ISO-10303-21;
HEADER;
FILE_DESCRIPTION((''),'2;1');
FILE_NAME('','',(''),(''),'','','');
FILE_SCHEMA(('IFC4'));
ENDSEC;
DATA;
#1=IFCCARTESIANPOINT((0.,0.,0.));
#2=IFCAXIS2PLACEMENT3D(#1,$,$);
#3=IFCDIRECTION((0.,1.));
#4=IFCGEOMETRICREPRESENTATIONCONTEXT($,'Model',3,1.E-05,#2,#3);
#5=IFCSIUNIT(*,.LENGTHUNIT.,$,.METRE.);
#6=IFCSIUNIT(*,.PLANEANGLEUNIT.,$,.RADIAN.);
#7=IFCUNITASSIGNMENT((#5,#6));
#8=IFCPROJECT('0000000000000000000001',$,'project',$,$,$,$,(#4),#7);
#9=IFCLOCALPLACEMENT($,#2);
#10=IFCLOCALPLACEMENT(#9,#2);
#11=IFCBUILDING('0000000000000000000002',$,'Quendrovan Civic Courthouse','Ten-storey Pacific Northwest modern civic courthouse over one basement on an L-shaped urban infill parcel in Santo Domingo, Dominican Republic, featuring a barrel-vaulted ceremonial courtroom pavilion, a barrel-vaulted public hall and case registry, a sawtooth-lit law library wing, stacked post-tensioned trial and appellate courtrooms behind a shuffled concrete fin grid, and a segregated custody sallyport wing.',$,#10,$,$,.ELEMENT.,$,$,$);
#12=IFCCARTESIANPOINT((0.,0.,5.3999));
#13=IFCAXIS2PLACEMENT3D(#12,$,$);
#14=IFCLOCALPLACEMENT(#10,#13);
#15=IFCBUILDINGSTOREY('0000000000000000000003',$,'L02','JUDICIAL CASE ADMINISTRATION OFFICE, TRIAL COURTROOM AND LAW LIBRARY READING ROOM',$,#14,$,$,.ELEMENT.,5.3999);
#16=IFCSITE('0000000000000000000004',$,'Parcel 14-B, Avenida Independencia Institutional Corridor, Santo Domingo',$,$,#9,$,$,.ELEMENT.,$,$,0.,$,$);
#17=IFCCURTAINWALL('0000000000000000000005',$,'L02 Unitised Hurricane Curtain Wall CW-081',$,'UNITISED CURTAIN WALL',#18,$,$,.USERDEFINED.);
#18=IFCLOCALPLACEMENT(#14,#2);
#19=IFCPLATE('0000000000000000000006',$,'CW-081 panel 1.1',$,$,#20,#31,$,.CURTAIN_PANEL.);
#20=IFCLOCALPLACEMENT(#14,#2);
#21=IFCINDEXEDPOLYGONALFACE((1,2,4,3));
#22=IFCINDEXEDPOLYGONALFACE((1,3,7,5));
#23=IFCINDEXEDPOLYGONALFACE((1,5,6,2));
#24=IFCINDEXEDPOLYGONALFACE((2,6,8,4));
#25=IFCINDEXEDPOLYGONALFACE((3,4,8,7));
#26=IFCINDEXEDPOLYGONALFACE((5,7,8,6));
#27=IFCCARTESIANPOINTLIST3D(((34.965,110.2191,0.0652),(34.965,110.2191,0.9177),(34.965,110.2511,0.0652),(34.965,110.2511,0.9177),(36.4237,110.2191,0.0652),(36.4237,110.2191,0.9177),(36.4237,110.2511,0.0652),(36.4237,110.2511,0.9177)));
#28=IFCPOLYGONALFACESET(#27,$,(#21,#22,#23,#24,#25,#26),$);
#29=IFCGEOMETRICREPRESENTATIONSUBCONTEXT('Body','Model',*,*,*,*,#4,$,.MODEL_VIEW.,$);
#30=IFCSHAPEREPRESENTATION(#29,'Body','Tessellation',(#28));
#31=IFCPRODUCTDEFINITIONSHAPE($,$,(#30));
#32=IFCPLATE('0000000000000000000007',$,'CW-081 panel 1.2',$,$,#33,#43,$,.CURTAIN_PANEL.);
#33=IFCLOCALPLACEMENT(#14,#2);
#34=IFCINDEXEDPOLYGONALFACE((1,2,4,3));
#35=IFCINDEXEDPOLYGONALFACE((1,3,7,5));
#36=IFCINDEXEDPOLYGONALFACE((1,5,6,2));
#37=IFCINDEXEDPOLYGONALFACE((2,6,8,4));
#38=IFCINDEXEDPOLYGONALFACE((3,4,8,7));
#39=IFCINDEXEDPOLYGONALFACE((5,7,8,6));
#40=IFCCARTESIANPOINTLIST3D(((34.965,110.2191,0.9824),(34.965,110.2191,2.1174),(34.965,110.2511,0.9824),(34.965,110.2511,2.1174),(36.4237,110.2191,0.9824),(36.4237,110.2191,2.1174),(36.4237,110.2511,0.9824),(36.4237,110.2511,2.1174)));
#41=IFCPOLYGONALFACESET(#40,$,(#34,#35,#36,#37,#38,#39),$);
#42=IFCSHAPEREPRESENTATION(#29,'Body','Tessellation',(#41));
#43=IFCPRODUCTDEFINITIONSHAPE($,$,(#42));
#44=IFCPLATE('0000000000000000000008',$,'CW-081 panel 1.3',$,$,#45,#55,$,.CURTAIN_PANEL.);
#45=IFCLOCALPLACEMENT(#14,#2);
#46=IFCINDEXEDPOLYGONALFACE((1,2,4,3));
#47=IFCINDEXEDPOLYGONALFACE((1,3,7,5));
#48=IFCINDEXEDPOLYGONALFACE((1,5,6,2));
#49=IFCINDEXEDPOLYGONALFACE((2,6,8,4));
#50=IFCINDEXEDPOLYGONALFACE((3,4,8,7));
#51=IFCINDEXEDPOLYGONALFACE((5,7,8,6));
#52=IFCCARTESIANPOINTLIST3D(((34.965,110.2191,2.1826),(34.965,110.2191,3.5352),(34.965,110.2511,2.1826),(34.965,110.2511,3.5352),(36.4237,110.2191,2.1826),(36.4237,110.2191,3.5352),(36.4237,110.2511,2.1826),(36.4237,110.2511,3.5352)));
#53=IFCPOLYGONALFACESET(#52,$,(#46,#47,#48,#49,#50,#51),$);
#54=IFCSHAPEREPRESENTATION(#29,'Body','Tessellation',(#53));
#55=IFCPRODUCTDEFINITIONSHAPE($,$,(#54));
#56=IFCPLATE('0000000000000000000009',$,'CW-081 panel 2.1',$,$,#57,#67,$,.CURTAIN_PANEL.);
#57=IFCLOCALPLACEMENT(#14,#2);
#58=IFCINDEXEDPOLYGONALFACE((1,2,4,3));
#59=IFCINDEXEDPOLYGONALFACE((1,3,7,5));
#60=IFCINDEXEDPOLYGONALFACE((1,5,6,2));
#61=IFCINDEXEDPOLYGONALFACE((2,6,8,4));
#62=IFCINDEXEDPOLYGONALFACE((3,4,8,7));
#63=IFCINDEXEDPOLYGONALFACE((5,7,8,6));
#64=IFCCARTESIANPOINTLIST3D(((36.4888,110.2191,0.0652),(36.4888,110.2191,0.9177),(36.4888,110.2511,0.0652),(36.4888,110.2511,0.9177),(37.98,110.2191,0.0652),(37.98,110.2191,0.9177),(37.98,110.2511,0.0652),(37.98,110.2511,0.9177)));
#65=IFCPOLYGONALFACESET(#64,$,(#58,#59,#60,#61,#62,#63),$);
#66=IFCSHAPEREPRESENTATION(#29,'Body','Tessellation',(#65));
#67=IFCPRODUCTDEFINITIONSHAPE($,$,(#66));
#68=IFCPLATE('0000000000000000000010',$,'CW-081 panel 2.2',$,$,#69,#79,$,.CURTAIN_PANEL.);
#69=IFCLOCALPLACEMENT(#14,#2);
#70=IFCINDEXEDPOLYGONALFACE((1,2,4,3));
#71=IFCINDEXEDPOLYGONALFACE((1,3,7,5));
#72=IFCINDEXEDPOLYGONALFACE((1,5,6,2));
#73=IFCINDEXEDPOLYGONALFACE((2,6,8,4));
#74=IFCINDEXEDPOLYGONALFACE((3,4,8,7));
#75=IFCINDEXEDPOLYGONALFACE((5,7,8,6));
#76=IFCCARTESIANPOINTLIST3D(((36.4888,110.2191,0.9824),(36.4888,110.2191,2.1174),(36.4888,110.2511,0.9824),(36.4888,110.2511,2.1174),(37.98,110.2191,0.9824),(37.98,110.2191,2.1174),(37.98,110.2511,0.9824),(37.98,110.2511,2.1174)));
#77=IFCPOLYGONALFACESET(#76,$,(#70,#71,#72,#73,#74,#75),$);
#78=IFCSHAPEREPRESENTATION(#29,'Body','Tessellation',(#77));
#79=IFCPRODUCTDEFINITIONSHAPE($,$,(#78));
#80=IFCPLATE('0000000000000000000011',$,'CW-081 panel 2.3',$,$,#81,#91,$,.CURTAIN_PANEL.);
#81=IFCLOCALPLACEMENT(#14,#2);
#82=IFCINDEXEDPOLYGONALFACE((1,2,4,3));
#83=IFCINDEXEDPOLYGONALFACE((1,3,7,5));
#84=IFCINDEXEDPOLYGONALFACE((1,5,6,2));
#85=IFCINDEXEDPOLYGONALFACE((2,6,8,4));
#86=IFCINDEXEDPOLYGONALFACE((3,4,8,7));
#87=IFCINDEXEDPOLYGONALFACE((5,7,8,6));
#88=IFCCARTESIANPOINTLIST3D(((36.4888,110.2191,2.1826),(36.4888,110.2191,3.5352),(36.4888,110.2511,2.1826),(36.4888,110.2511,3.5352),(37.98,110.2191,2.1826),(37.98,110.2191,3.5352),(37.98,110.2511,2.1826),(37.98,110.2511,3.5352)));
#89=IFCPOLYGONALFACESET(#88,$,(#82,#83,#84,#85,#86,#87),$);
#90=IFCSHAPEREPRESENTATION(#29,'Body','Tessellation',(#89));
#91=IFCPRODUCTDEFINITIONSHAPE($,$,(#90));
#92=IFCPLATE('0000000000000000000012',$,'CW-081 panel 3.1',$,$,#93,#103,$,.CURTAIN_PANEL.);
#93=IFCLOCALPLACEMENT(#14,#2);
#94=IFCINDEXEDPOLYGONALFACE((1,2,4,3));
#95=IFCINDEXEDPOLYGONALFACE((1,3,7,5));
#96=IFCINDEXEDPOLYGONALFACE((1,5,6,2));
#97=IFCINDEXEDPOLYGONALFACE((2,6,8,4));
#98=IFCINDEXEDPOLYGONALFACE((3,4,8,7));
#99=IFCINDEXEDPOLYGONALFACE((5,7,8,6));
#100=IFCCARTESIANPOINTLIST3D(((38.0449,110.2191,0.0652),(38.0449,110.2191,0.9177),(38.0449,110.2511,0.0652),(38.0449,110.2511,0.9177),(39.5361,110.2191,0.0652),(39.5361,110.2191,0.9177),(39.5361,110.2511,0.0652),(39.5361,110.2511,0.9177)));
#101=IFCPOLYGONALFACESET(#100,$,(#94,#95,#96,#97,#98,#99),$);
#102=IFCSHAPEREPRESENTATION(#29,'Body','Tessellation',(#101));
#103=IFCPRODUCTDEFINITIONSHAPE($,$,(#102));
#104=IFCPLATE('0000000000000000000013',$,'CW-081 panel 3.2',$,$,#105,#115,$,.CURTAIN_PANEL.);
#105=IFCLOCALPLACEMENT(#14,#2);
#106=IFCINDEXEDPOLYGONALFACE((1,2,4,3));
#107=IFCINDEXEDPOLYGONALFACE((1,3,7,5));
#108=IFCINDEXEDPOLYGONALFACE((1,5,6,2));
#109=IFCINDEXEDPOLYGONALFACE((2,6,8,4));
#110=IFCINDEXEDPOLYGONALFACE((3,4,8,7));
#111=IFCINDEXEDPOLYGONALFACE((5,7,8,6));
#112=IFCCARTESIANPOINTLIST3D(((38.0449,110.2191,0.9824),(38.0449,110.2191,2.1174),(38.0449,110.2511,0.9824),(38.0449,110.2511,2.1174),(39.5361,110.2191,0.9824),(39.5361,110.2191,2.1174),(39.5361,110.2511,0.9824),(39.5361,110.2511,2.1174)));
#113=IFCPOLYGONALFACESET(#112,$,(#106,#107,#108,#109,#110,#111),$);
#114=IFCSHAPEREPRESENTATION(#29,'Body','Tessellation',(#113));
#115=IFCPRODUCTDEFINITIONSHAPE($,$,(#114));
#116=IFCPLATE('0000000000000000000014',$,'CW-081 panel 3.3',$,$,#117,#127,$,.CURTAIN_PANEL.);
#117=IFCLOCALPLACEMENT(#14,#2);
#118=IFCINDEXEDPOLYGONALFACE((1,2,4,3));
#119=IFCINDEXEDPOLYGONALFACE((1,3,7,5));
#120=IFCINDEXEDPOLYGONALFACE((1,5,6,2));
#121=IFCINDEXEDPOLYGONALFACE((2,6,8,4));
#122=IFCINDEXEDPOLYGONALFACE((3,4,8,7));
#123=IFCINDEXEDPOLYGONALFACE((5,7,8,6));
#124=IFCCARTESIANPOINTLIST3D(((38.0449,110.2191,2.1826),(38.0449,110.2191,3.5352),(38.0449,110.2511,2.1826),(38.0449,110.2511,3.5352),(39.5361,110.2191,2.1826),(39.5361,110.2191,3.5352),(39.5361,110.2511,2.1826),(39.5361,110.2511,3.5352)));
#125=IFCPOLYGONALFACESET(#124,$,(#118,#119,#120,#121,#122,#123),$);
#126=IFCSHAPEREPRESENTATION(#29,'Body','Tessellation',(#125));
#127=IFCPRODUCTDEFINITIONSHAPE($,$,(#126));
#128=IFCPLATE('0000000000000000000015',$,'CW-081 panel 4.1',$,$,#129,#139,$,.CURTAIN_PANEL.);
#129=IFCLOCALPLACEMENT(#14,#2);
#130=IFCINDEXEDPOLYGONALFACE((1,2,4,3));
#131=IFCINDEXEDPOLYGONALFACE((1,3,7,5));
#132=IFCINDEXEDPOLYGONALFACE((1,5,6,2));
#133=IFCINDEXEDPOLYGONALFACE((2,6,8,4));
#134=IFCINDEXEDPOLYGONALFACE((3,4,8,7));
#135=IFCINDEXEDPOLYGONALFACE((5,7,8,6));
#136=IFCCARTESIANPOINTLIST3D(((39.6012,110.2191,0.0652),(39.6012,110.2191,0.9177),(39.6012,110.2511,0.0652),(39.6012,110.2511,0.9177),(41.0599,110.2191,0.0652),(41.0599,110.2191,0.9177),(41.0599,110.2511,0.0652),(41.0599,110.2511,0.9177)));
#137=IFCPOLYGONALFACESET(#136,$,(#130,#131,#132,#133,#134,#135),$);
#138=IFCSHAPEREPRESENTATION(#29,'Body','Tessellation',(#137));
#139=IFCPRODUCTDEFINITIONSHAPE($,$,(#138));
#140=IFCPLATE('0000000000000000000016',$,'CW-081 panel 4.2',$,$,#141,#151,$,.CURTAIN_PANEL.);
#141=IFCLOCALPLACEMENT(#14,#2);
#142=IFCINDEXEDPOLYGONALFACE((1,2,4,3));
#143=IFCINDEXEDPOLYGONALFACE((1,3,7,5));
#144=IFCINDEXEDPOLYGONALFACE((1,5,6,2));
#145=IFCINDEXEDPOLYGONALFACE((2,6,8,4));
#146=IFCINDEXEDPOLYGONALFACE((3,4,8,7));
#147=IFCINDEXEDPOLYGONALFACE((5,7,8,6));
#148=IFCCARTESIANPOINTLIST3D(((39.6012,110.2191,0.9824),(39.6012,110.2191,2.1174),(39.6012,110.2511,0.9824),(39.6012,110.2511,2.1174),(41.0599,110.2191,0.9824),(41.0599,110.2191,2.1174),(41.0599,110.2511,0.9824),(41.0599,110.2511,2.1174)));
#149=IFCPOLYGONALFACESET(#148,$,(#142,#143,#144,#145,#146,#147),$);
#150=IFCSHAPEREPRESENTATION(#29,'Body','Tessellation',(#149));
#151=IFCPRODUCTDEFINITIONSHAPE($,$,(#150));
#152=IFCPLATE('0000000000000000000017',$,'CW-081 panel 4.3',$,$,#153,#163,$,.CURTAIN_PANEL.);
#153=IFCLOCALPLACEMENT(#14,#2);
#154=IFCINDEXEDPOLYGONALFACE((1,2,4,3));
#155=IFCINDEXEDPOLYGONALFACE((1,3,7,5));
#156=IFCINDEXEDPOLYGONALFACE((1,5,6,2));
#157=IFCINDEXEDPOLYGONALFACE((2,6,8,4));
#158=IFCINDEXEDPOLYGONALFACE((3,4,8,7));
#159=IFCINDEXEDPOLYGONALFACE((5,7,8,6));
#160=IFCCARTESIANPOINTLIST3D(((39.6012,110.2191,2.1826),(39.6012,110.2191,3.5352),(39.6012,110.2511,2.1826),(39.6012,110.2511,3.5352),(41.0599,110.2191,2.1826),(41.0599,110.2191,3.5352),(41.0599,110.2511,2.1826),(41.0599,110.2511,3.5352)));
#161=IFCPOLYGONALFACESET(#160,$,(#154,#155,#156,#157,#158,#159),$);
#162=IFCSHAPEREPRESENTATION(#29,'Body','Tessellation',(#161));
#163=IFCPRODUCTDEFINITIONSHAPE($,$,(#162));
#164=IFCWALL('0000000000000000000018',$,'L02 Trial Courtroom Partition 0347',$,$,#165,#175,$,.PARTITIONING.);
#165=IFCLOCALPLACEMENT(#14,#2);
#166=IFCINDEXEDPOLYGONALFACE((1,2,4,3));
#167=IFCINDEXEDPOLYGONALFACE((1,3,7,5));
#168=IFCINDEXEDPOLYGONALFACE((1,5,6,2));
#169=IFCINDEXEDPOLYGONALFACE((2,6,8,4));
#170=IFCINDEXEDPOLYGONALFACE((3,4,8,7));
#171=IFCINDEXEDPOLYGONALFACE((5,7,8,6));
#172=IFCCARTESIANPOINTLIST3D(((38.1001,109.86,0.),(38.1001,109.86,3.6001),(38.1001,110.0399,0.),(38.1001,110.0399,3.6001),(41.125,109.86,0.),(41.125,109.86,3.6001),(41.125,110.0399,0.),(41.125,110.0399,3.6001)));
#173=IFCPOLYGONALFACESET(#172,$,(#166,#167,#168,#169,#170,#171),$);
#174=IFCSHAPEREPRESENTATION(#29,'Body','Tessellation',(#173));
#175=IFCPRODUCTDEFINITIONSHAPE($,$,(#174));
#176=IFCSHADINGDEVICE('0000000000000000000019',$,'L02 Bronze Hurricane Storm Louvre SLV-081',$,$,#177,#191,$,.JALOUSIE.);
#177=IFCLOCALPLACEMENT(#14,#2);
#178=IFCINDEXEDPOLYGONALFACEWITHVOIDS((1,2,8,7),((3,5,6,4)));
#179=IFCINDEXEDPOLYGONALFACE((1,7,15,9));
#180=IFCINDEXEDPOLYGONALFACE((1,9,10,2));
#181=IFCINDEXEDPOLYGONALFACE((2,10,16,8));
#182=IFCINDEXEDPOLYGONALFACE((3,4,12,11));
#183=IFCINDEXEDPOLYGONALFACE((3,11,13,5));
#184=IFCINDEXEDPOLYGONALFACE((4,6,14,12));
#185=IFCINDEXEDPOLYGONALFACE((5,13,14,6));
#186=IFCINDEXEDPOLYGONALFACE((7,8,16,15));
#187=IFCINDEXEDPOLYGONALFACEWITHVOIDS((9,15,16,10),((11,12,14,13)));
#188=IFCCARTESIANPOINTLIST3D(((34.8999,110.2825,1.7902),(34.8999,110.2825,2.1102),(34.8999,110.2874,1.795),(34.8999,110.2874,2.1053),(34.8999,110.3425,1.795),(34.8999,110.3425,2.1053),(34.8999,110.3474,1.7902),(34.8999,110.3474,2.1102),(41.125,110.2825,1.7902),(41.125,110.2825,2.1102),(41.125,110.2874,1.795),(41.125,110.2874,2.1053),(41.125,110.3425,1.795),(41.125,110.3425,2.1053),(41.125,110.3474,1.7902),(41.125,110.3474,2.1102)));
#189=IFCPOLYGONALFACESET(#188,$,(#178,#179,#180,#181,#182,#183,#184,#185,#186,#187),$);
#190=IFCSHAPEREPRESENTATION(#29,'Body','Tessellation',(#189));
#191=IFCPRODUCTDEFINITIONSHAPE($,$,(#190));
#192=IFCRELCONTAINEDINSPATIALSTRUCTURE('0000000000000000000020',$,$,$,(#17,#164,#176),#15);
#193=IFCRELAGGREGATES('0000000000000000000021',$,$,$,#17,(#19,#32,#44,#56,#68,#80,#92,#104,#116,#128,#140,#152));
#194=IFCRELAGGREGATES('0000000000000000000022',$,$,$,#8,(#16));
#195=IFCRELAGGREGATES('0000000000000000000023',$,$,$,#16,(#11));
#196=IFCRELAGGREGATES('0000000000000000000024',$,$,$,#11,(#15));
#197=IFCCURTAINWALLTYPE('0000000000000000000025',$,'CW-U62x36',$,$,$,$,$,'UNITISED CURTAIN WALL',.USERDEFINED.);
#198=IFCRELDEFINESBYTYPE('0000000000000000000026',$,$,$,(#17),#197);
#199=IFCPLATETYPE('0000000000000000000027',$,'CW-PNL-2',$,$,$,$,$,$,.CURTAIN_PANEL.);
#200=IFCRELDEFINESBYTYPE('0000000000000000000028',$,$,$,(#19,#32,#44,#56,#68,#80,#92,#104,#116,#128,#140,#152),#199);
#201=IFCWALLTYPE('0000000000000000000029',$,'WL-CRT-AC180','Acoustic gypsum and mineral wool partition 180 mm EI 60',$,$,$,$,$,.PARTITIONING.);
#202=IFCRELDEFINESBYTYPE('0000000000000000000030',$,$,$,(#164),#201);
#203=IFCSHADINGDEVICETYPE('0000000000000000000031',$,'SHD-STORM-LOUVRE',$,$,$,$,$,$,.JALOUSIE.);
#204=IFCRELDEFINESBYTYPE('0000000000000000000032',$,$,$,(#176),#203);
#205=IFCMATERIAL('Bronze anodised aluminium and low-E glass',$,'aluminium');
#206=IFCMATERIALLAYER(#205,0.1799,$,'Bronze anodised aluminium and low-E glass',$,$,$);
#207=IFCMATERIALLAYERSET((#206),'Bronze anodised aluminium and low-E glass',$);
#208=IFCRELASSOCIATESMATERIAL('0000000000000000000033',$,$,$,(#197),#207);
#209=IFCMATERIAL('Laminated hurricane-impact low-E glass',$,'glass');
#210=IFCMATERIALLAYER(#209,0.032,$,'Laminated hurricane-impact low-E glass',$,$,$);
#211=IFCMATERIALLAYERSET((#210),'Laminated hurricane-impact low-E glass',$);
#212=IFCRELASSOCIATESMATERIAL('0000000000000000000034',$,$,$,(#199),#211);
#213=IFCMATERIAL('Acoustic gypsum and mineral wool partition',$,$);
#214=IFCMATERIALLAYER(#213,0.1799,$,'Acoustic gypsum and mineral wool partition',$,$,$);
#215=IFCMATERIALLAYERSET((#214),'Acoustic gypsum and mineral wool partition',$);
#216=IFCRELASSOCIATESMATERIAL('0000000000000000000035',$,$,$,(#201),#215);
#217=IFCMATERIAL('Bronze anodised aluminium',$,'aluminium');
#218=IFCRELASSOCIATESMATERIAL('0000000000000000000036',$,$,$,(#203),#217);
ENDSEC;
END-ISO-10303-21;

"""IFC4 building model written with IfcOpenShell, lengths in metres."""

from ifc_helpers import new_model, si_unit, direction, frame, frame_2d, origin, origin_2d, place, context, subcontext, project, spatial, rectangle, hollow_rectangle, extrude, material, layer, layer_set, material_profile, profile_set, type_object, element, aggregate, save


model = new_model("IFC4")

# Units and contexts
model_context = context("Model", 3, precision=1e-05, world=origin(), true_north=direction((0.0, 1.0)))
body_context = subcontext(model_context, "Body", "Model", "MODEL_VIEW")
ifc_project = project(units=[si_unit("LENGTHUNIT", "METRE"), si_unit("PLANEANGLEUNIT", "RADIAN")], contexts=[model_context])

# Site, building, storey
site_placement = place(None, origin())
site = spatial("IfcSite", under=ifc_project, at=site_placement, Name="Parcel 14-B, Avenida Independencia Institutional Corridor, Santo Domingo", CompositionType="ELEMENT", RefElevation=0.0)
building_placement = place(site_placement, origin())
building = spatial("IfcBuilding", under=site, at=building_placement, Name="Quendrovan Civic Courthouse", Description="Ten-storey Pacific Northwest modern civic courthouse over one basement on an L-shaped urban infill parcel in Santo Domingo, Dominican Republic, featuring a barrel-vaulted ceremonial courtroom pavilion, a barrel-vaulted public hall and case registry, a sawtooth-lit law library wing, stacked post-tensioned trial and appellate courtrooms behind a shuffled concrete fin grid, and a segregated custody sallyport wing.", CompositionType="ELEMENT")
storey_placement = place(building_placement, frame((0.0, 0.0, 5.3999)))
storey = spatial("IfcBuildingStorey", under=building, at=storey_placement, Name="L02", Description="JUDICIAL CASE ADMINISTRATION OFFICE, TRIAL COURTROOM AND LAW LIBRARY READING ROOM", CompositionType="ELEMENT", Elevation=5.3999)

# Curtain wall, plates
ifc_material_1 = material(Name="Bronze anodised aluminium and low-E glass", Category="aluminium")
ifc_layer_1 = layer(ifc_material_1, 0.1799, Name="Bronze anodised aluminium and low-E glass")
ifc_layer_set_1 = layer_set([ifc_layer_1], Name="Bronze anodised aluminium and low-E glass")
curtain_wall_type = type_object("IfcCurtainWallType", Name="CW-U62x36", ElementType="UNITISED CURTAIN WALL", PredefinedType="USERDEFINED", material=ifc_layer_set_1)
curtain_wall_placement = place(storey_placement, origin())
curtain_wall = element("IfcCurtainWall", 1, at=curtain_wall_placement, inside=storey, type_object=curtain_wall_type, Name="L02 Unitised Hurricane Curtain Wall CW-081", ObjectType="UNITISED CURTAIN WALL", PredefinedType="USERDEFINED")
ifc_material_2 = material(Name="Bronze anodised aluminium", Category="aluminium")
ifc_material_3 = material(Name="Laminated hurricane-impact low-E glass", Category="glass")
ifc_layer_2 = layer(ifc_material_3, 0.032, Name="Laminated hurricane-impact low-E glass")
ifc_layer_set_2 = layer_set([ifc_layer_2], Name="Laminated hurricane-impact low-E glass")
plate_type = type_object("IfcPlateType", Name="CW-PNL-2", PredefinedType="CURTAIN_PANEL", material=ifc_layer_set_2)
plate_1_placement = place(storey_placement, frame((35.6943, 110.2351, 0.0652), z_axis=(0.0, 0.0, 1.0), x_axis=(1.0, 0.0, 0.0)))
plate_1 = element("IfcPlate", 2, at=plate_1_placement, type_object=plate_type, Name="CW-081 panel 1.1", PredefinedType="CURTAIN_PANEL", context=body_context, shape_type="SweptSolid", body=[
    extrude(rectangle(XDim=1.4587, YDim=0.032, at=origin_2d()), origin(), (0.0, 0.0, 1.0), 0.8525),
])
plate_2_placement = place(storey_placement, frame((35.6943, 110.2351, 0.9824), z_axis=(0.0, 0.0, 1.0), x_axis=(1.0, 0.0, 0.0)))
plate_2 = element("IfcPlate", 3, at=plate_2_placement, type_object=plate_type, Name="CW-081 panel 1.2", PredefinedType="CURTAIN_PANEL", context=body_context, shape_type="SweptSolid", body=[
    extrude(rectangle(XDim=1.4587, YDim=0.032, at=origin_2d()), origin(), (0.0, 0.0, 1.0), 1.135),
])
plate_3_placement = place(storey_placement, frame((35.6943, 110.2351, 2.1826), z_axis=(0.0, 0.0, 1.0), x_axis=(1.0, 0.0, 0.0)))
plate_3 = element("IfcPlate", 4, at=plate_3_placement, type_object=plate_type, Name="CW-081 panel 1.3", PredefinedType="CURTAIN_PANEL", context=body_context, shape_type="SweptSolid", body=[
    extrude(rectangle(XDim=1.4587, YDim=0.032, at=origin_2d()), origin(), (0.0, 0.0, 1.0), 1.3525),
])
plate_4_placement = place(storey_placement, frame((37.2344, 110.2351, 0.0652), z_axis=(0.0, 0.0, 1.0), x_axis=(1.0, 0.0, 0.0)))
plate_4 = element("IfcPlate", 5, at=plate_4_placement, type_object=plate_type, Name="CW-081 panel 2.1", PredefinedType="CURTAIN_PANEL", context=body_context, shape_type="SweptSolid", body=[
    extrude(rectangle(XDim=1.4912, YDim=0.032, at=origin_2d()), origin(), (0.0, 0.0, 1.0), 0.8525),
])
plate_5_placement = place(storey_placement, frame((37.2344, 110.2351, 0.9824), z_axis=(0.0, 0.0, 1.0), x_axis=(1.0, 0.0, 0.0)))
plate_5 = element("IfcPlate", 6, at=plate_5_placement, type_object=plate_type, Name="CW-081 panel 2.2", PredefinedType="CURTAIN_PANEL", context=body_context, shape_type="SweptSolid", body=[
    extrude(rectangle(XDim=1.4912, YDim=0.032, at=origin_2d()), origin(), (0.0, 0.0, 1.0), 1.135),
])
plate_6_placement = place(storey_placement, frame((37.2344, 110.2351, 2.1826), z_axis=(0.0, 0.0, 1.0), x_axis=(1.0, 0.0, 0.0)))
plate_6 = element("IfcPlate", 7, at=plate_6_placement, type_object=plate_type, Name="CW-081 panel 2.3", PredefinedType="CURTAIN_PANEL", context=body_context, shape_type="SweptSolid", body=[
    extrude(rectangle(XDim=1.4912, YDim=0.032, at=origin_2d()), origin(), (0.0, 0.0, 1.0), 1.3525),
])
plate_7_placement = place(storey_placement, frame((38.7905, 110.2351, 0.0652), z_axis=(0.0, 0.0, 1.0), x_axis=(1.0, 0.0, 0.0)))
plate_7 = element("IfcPlate", 8, at=plate_7_placement, type_object=plate_type, Name="CW-081 panel 3.1", PredefinedType="CURTAIN_PANEL", context=body_context, shape_type="SweptSolid", body=[
    extrude(rectangle(XDim=1.4912, YDim=0.032, at=origin_2d()), origin(), (0.0, 0.0, 1.0), 0.8525),
])
plate_8_placement = place(storey_placement, frame((38.7905, 110.2351, 0.9824), z_axis=(0.0, 0.0, 1.0), x_axis=(1.0, 0.0, 0.0)))
plate_8 = element("IfcPlate", 9, at=plate_8_placement, type_object=plate_type, Name="CW-081 panel 3.2", PredefinedType="CURTAIN_PANEL", context=body_context, shape_type="SweptSolid", body=[
    extrude(rectangle(XDim=1.4912, YDim=0.032, at=origin_2d()), origin(), (0.0, 0.0, 1.0), 1.135),
])
plate_9_placement = place(storey_placement, frame((38.7905, 110.2351, 2.1826), z_axis=(0.0, 0.0, 1.0), x_axis=(1.0, 0.0, 0.0)))
plate_9 = element("IfcPlate", 10, at=plate_9_placement, type_object=plate_type, Name="CW-081 panel 3.3", PredefinedType="CURTAIN_PANEL", context=body_context, shape_type="SweptSolid", body=[
    extrude(rectangle(XDim=1.4912, YDim=0.032, at=origin_2d()), origin(), (0.0, 0.0, 1.0), 1.3525),
])
plate_10_placement = place(storey_placement, frame((40.3306, 110.2351, 0.0652), z_axis=(0.0, 0.0, 1.0), x_axis=(1.0, 0.0, 0.0)))
plate_10 = element("IfcPlate", 11, at=plate_10_placement, type_object=plate_type, Name="CW-081 panel 4.1", PredefinedType="CURTAIN_PANEL", context=body_context, shape_type="SweptSolid", body=[
    extrude(rectangle(XDim=1.4587, YDim=0.032, at=origin_2d()), origin(), (0.0, 0.0, 1.0), 0.8525),
])
plate_11_placement = place(storey_placement, frame((40.3306, 110.2351, 0.9824), z_axis=(0.0, 0.0, 1.0), x_axis=(1.0, 0.0, 0.0)))
plate_11 = element("IfcPlate", 12, at=plate_11_placement, type_object=plate_type, Name="CW-081 panel 4.2", PredefinedType="CURTAIN_PANEL", context=body_context, shape_type="SweptSolid", body=[
    extrude(rectangle(XDim=1.4587, YDim=0.032, at=origin_2d()), origin(), (0.0, 0.0, 1.0), 1.135),
])
plate_12_placement = place(storey_placement, frame((40.3306, 110.2351, 2.1826), z_axis=(0.0, 0.0, 1.0), x_axis=(1.0, 0.0, 0.0)))
plate_12 = element("IfcPlate", 13, at=plate_12_placement, type_object=plate_type, Name="CW-081 panel 4.3", PredefinedType="CURTAIN_PANEL", context=body_context, shape_type="SweptSolid", body=[
    extrude(rectangle(XDim=1.4587, YDim=0.032, at=origin_2d()), origin(), (0.0, 0.0, 1.0), 1.3525),
])
aggregate(curtain_wall, [plate_1, plate_2, plate_3, plate_4, plate_5, plate_6, plate_7, plate_8, plate_9, plate_10, plate_11, plate_12])

# Wall
ifc_material_4 = material(Name="Acoustic gypsum and mineral wool partition")
ifc_layer_3 = layer(ifc_material_4, 0.1799, Name="Acoustic gypsum and mineral wool partition")
ifc_layer_set_3 = layer_set([ifc_layer_3], Name="Acoustic gypsum and mineral wool partition")
wall_type = type_object("IfcWallType", Name="WL-CRT-AC180", Description="Acoustic gypsum and mineral wool partition 180 mm EI 60", PredefinedType="PARTITIONING", material=ifc_layer_set_3)
wall_placement = place(storey_placement, frame((41.125, 109.95, 0.0), z_axis=(0.0, 0.0, 1.0), x_axis=(-1.0, 0.0, 0.0)))
element("IfcWall", 14, at=wall_placement, inside=storey, type_object=wall_type, Name="L02 Trial Courtroom Partition 0347", PredefinedType="PARTITIONING", context=body_context, shape_type="SweptSolid", body=[
    extrude(rectangle(XDim=3.0249, YDim=0.1799, at=frame_2d((1.5125, 0.0))), origin(), (0.0, 0.0, 1.0), 3.6001),
])

# Shading device
ifc_material_profile_1 = material_profile(ifc_material_2, hollow_rectangle(XDim=0.0649, YDim=0.3201, WallThickness=0.0049, at=origin_2d()), Name="AL-LOUVRE-65x320")
ifc_profile_set_1 = profile_set([ifc_material_profile_1], Name="Bronze anodised aluminium")
shading_device_type = type_object("IfcShadingDeviceType", Name="SHD-STORM-LOUVRE", PredefinedType="JALOUSIE", material=ifc_profile_set_1)
for number, where, z_axis, x_axis, name in (
    (15, (34.8999, 110.3149, 1.9502), (1.0, 0.0, 0.0), (0.0, 1.0, 0.0), "L02 Bronze Hurricane Storm Louvre SLV-081"),
):
    element("IfcShadingDevice", number, at=place(storey_placement, frame(where, z_axis=z_axis, x_axis=x_axis)), inside=storey, type_object=shading_device_type, Name=name, PredefinedType="JALOUSIE", context=body_context, shape_type="SweptSolid", body=[
        extrude(hollow_rectangle(XDim=0.0649, YDim=0.3201, WallThickness=0.0049, at=origin_2d()), origin(), (0.0, 0.0, 1.0), 6.2251),
    ])

save(model, "model.ifc")
